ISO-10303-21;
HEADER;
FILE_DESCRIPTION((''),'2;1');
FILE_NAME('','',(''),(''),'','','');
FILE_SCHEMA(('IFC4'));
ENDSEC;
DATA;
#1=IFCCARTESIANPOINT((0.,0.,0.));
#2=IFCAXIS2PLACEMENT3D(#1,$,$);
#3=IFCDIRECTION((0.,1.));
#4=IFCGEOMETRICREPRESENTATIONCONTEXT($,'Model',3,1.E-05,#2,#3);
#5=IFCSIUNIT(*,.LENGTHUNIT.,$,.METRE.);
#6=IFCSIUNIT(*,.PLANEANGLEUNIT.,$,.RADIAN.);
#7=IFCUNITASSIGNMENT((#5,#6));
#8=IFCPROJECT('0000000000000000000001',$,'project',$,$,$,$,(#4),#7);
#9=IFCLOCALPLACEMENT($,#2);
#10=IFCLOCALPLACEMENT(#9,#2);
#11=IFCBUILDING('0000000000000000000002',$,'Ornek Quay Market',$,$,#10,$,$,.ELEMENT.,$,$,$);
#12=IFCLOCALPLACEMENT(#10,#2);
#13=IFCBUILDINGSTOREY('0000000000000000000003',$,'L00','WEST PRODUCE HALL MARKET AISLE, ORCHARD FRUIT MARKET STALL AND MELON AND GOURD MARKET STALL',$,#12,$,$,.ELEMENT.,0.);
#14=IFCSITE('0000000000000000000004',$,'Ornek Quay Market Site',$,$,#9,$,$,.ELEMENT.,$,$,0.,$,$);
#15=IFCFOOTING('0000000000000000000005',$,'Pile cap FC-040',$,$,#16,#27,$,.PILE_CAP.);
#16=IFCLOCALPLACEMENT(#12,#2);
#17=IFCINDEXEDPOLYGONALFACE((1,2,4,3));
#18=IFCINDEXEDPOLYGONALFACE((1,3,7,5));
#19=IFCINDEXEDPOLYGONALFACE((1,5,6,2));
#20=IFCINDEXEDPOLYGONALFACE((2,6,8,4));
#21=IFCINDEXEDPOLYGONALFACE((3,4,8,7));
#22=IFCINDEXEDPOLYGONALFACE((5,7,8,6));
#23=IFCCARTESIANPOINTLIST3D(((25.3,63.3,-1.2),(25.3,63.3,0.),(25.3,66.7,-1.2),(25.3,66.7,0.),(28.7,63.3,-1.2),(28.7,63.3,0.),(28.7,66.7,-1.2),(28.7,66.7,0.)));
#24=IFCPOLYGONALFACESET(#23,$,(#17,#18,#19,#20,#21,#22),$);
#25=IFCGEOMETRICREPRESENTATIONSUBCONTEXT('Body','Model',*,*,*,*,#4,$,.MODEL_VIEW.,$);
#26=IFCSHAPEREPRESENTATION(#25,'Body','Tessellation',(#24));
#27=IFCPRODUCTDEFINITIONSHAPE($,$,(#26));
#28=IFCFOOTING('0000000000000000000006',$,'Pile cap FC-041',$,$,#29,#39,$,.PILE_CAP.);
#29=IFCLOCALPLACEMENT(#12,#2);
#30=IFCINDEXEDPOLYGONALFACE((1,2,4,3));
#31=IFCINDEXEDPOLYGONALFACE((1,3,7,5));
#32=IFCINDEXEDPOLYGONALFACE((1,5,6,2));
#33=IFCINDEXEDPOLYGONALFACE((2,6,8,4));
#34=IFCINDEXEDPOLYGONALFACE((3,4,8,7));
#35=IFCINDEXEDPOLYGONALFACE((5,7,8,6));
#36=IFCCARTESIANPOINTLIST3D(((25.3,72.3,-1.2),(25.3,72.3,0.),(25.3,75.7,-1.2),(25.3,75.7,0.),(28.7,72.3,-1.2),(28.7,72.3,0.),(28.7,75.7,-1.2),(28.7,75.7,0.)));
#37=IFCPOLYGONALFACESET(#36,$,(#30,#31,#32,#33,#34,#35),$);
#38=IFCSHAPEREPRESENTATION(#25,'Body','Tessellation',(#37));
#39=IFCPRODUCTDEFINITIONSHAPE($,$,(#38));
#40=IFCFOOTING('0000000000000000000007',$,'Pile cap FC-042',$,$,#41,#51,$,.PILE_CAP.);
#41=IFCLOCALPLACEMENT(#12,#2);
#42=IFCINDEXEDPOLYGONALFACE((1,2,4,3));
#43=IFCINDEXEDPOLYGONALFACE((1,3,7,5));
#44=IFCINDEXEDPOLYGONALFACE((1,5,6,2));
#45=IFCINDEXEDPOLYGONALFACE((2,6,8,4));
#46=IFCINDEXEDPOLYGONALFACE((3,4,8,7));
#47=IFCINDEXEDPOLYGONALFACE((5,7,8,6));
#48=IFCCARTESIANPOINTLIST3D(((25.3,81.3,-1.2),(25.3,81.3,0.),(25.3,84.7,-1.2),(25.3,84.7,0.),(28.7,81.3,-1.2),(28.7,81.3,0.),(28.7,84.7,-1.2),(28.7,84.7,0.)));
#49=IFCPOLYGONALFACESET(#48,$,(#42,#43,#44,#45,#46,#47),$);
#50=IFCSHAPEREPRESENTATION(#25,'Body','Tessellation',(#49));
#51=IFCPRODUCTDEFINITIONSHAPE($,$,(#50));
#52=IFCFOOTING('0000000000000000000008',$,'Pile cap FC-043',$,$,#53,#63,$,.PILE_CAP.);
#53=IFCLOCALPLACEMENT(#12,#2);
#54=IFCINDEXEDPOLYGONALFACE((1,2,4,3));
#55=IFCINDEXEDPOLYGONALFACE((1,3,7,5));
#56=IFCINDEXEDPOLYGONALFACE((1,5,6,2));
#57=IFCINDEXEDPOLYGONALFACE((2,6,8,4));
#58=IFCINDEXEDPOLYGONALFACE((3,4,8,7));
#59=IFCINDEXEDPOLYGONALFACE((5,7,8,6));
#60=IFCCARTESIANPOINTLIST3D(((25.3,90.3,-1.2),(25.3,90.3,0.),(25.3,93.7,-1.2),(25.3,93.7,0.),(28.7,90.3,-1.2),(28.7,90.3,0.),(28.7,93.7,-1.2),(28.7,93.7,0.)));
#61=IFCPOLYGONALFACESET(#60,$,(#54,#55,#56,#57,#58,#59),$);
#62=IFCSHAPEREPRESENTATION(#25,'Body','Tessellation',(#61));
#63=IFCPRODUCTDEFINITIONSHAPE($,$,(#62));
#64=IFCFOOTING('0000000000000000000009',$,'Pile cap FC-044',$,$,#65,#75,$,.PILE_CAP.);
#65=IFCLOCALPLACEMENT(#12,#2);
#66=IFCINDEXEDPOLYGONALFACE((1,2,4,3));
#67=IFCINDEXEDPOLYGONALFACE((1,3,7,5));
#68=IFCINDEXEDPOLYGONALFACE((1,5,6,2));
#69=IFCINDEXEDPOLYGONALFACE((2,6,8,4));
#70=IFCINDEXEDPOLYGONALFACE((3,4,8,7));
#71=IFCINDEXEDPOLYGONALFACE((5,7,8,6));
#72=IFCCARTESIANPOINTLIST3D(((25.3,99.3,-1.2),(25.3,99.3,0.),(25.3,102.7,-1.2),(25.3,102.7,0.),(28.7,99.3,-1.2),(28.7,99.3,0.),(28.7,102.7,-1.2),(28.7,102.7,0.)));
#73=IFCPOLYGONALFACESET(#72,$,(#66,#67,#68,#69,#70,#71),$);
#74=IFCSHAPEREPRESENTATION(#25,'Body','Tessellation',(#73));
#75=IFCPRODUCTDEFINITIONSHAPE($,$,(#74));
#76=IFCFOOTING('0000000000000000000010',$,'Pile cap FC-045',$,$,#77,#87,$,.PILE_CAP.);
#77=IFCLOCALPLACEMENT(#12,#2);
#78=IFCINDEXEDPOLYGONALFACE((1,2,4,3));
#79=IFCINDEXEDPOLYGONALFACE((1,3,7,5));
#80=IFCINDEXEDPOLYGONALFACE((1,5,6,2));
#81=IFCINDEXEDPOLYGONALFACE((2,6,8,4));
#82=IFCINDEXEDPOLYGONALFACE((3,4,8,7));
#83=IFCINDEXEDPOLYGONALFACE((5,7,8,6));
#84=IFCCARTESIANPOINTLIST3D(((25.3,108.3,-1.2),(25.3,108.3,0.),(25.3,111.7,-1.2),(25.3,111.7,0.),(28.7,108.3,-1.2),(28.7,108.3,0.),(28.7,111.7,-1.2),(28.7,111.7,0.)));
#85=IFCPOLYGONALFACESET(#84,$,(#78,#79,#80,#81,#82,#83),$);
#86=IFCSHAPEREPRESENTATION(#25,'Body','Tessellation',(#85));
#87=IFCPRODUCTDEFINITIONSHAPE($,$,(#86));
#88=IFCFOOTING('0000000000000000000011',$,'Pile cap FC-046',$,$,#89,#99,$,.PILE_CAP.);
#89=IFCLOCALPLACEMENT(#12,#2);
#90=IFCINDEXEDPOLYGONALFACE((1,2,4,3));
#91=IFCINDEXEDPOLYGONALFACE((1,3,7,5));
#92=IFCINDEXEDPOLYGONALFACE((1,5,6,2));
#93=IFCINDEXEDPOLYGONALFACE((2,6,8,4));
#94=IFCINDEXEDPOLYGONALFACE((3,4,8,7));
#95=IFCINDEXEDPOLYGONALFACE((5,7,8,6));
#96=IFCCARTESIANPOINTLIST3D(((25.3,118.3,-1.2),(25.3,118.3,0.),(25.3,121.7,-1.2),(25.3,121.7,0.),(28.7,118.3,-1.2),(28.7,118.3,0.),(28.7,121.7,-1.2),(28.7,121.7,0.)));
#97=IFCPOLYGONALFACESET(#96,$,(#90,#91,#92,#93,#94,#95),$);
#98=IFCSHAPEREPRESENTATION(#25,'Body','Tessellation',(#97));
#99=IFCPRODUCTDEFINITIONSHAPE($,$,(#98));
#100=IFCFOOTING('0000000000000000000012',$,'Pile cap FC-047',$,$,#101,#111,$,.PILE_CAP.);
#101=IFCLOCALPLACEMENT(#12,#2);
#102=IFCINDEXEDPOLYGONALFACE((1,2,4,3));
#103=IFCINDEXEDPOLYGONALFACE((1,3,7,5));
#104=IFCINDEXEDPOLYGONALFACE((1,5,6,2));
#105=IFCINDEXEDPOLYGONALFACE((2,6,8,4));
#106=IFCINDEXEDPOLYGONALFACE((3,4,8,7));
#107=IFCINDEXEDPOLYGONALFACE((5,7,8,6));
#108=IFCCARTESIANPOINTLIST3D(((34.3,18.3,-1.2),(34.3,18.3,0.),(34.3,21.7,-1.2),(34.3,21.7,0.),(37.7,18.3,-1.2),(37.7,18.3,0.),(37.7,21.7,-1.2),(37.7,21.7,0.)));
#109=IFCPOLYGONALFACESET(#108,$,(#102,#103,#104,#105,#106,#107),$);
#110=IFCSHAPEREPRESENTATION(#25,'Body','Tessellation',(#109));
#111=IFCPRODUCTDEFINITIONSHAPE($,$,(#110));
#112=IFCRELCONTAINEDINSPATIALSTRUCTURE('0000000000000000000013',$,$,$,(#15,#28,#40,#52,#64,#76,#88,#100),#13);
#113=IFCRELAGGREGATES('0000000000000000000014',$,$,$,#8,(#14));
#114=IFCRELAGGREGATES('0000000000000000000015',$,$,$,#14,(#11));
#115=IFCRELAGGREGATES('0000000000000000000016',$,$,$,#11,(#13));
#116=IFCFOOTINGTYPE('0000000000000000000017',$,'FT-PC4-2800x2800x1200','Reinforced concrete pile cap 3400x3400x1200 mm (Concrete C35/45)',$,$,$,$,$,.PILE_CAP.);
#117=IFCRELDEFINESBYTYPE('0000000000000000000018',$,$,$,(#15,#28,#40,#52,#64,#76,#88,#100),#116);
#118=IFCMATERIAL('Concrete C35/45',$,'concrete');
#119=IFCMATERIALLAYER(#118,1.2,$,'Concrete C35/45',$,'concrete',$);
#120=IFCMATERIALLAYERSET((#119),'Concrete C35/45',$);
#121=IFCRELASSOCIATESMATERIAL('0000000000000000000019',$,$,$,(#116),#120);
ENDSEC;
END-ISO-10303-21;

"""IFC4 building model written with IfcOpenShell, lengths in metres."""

from ifc_helpers import new_model, si_unit, direction, frame, origin, place, context, subcontext, project, spatial, polyline, outline, extrude, material, layer, layer_set, type_object, element, save


model = new_model("IFC4")

# Units and contexts
model_context = context("Model", 3, precision=1e-05, world=origin(), true_north=direction((0.0, 1.0)))
body_context = subcontext(model_context, "Body", "Model", "MODEL_VIEW")
ifc_project = project(units=[si_unit("LENGTHUNIT", "METRE"), si_unit("PLANEANGLEUNIT", "RADIAN")], contexts=[model_context])

# Site, building, storey
site_placement = place(None, origin())
site = spatial("IfcSite", under=ifc_project, at=site_placement, Name="Ornek Quay Market Site", CompositionType="ELEMENT", RefElevation=0.0)
building_placement = place(site_placement, origin())
building = spatial("IfcBuilding", under=site, at=building_placement, Name="Ornek Quay Market", CompositionType="ELEMENT")
storey_placement = place(building_placement, origin())
storey = spatial("IfcBuildingStorey", under=building, at=storey_placement, Name="L00", Description="WEST PRODUCE HALL MARKET AISLE, ORCHARD FRUIT MARKET STALL AND MELON AND GOURD MARKET STALL", CompositionType="ELEMENT", Elevation=0.0)

# Footings
ifc_material = material(Name="Concrete C35/45", Category="concrete")
ifc_layer = layer(ifc_material, 1.2, Name="Concrete C35/45", Category="concrete")
ifc_layer_set = layer_set([ifc_layer], Name="Concrete C35/45")
footing_type = type_object("IfcFootingType", Name="FT-PC4-2800x2800x1200", Description="Reinforced concrete pile cap 3400x3400x1200 mm (Concrete C35/45)", PredefinedType="PILE_CAP", material=ifc_layer_set)
footing_1_placement = place(storey_placement, frame((0.0, 0.0, -1.2)))
element("IfcFooting", 1, at=footing_1_placement, inside=storey, type_object=footing_type, Name="Pile cap FC-040", PredefinedType="PILE_CAP", context=body_context, shape_type="SweptSolid", body=[
    extrude(outline(polyline([(25.3, 63.3), (28.7, 63.3), (28.7, 66.7), (25.3, 66.7), (25.3, 63.3)])), origin(), (0.0, 0.0, 1.0), 1.2),
])
footing_2_placement = place(storey_placement, frame((0.0, 0.0, -1.2)))
element("IfcFooting", 2, at=footing_2_placement, inside=storey, type_object=footing_type, Name="Pile cap FC-041", PredefinedType="PILE_CAP", context=body_context, shape_type="SweptSolid", body=[
    extrude(outline(polyline([(25.3, 72.3), (28.7, 72.3), (28.7, 75.7), (25.3, 75.7), (25.3, 72.3)])), origin(), (0.0, 0.0, 1.0), 1.2),
])
footing_3_placement = place(storey_placement, frame((0.0, 0.0, -1.2)))
element("IfcFooting", 3, at=footing_3_placement, inside=storey, type_object=footing_type, Name="Pile cap FC-042", PredefinedType="PILE_CAP", context=body_context, shape_type="SweptSolid", body=[
    extrude(outline(polyline([(25.3, 81.3), (28.7, 81.3), (28.7, 84.7), (25.3, 84.7), (25.3, 81.3)])), origin(), (0.0, 0.0, 1.0), 1.2),
])
footing_4_placement = place(storey_placement, frame((0.0, 0.0, -1.2)))
element("IfcFooting", 4, at=footing_4_placement, inside=storey, type_object=footing_type, Name="Pile cap FC-043", PredefinedType="PILE_CAP", context=body_context, shape_type="SweptSolid", body=[
    extrude(outline(polyline([(25.3, 90.3), (28.7, 90.3), (28.7, 93.7), (25.3, 93.7), (25.3, 90.3)])), origin(), (0.0, 0.0, 1.0), 1.2),
])
footing_5_placement = place(storey_placement, frame((0.0, 0.0, -1.2)))
element("IfcFooting", 5, at=footing_5_placement, inside=storey, type_object=footing_type, Name="Pile cap FC-044", PredefinedType="PILE_CAP", context=body_context, shape_type="SweptSolid", body=[
    extrude(outline(polyline([(25.3, 99.3), (28.7, 99.3), (28.7, 102.7), (25.3, 102.7), (25.3, 99.3)])), origin(), (0.0, 0.0, 1.0), 1.2),
])
footing_6_placement = place(storey_placement, frame((0.0, 0.0, -1.2)))
element("IfcFooting", 6, at=footing_6_placement, inside=storey, type_object=footing_type, Name="Pile cap FC-045", PredefinedType="PILE_CAP", context=body_context, shape_type="SweptSolid", body=[
    extrude(outline(polyline([(25.3, 108.3), (28.7, 108.3), (28.7, 111.7), (25.3, 111.7), (25.3, 108.3)])), origin(), (0.0, 0.0, 1.0), 1.2),
])
footing_7_placement = place(storey_placement, frame((0.0, 0.0, -1.2)))
element("IfcFooting", 7, at=footing_7_placement, inside=storey, type_object=footing_type, Name="Pile cap FC-046", PredefinedType="PILE_CAP", context=body_context, shape_type="SweptSolid", body=[
    extrude(outline(polyline([(25.3, 118.3), (28.7, 118.3), (28.7, 121.7), (25.3, 121.7), (25.3, 118.3)])), origin(), (0.0, 0.0, 1.0), 1.2),
])
footing_8_placement = place(storey_placement, frame((0.0, 0.0, -1.2)))
element("IfcFooting", 8, at=footing_8_placement, inside=storey, type_object=footing_type, Name="Pile cap FC-047", PredefinedType="PILE_CAP", context=body_context, shape_type="SweptSolid", body=[
    extrude(outline(polyline([(34.3, 18.3), (37.7, 18.3), (37.7, 21.7), (34.3, 21.7), (34.3, 18.3)])), origin(), (0.0, 0.0, 1.0), 1.2),
])

save(model, "model.ifc")
